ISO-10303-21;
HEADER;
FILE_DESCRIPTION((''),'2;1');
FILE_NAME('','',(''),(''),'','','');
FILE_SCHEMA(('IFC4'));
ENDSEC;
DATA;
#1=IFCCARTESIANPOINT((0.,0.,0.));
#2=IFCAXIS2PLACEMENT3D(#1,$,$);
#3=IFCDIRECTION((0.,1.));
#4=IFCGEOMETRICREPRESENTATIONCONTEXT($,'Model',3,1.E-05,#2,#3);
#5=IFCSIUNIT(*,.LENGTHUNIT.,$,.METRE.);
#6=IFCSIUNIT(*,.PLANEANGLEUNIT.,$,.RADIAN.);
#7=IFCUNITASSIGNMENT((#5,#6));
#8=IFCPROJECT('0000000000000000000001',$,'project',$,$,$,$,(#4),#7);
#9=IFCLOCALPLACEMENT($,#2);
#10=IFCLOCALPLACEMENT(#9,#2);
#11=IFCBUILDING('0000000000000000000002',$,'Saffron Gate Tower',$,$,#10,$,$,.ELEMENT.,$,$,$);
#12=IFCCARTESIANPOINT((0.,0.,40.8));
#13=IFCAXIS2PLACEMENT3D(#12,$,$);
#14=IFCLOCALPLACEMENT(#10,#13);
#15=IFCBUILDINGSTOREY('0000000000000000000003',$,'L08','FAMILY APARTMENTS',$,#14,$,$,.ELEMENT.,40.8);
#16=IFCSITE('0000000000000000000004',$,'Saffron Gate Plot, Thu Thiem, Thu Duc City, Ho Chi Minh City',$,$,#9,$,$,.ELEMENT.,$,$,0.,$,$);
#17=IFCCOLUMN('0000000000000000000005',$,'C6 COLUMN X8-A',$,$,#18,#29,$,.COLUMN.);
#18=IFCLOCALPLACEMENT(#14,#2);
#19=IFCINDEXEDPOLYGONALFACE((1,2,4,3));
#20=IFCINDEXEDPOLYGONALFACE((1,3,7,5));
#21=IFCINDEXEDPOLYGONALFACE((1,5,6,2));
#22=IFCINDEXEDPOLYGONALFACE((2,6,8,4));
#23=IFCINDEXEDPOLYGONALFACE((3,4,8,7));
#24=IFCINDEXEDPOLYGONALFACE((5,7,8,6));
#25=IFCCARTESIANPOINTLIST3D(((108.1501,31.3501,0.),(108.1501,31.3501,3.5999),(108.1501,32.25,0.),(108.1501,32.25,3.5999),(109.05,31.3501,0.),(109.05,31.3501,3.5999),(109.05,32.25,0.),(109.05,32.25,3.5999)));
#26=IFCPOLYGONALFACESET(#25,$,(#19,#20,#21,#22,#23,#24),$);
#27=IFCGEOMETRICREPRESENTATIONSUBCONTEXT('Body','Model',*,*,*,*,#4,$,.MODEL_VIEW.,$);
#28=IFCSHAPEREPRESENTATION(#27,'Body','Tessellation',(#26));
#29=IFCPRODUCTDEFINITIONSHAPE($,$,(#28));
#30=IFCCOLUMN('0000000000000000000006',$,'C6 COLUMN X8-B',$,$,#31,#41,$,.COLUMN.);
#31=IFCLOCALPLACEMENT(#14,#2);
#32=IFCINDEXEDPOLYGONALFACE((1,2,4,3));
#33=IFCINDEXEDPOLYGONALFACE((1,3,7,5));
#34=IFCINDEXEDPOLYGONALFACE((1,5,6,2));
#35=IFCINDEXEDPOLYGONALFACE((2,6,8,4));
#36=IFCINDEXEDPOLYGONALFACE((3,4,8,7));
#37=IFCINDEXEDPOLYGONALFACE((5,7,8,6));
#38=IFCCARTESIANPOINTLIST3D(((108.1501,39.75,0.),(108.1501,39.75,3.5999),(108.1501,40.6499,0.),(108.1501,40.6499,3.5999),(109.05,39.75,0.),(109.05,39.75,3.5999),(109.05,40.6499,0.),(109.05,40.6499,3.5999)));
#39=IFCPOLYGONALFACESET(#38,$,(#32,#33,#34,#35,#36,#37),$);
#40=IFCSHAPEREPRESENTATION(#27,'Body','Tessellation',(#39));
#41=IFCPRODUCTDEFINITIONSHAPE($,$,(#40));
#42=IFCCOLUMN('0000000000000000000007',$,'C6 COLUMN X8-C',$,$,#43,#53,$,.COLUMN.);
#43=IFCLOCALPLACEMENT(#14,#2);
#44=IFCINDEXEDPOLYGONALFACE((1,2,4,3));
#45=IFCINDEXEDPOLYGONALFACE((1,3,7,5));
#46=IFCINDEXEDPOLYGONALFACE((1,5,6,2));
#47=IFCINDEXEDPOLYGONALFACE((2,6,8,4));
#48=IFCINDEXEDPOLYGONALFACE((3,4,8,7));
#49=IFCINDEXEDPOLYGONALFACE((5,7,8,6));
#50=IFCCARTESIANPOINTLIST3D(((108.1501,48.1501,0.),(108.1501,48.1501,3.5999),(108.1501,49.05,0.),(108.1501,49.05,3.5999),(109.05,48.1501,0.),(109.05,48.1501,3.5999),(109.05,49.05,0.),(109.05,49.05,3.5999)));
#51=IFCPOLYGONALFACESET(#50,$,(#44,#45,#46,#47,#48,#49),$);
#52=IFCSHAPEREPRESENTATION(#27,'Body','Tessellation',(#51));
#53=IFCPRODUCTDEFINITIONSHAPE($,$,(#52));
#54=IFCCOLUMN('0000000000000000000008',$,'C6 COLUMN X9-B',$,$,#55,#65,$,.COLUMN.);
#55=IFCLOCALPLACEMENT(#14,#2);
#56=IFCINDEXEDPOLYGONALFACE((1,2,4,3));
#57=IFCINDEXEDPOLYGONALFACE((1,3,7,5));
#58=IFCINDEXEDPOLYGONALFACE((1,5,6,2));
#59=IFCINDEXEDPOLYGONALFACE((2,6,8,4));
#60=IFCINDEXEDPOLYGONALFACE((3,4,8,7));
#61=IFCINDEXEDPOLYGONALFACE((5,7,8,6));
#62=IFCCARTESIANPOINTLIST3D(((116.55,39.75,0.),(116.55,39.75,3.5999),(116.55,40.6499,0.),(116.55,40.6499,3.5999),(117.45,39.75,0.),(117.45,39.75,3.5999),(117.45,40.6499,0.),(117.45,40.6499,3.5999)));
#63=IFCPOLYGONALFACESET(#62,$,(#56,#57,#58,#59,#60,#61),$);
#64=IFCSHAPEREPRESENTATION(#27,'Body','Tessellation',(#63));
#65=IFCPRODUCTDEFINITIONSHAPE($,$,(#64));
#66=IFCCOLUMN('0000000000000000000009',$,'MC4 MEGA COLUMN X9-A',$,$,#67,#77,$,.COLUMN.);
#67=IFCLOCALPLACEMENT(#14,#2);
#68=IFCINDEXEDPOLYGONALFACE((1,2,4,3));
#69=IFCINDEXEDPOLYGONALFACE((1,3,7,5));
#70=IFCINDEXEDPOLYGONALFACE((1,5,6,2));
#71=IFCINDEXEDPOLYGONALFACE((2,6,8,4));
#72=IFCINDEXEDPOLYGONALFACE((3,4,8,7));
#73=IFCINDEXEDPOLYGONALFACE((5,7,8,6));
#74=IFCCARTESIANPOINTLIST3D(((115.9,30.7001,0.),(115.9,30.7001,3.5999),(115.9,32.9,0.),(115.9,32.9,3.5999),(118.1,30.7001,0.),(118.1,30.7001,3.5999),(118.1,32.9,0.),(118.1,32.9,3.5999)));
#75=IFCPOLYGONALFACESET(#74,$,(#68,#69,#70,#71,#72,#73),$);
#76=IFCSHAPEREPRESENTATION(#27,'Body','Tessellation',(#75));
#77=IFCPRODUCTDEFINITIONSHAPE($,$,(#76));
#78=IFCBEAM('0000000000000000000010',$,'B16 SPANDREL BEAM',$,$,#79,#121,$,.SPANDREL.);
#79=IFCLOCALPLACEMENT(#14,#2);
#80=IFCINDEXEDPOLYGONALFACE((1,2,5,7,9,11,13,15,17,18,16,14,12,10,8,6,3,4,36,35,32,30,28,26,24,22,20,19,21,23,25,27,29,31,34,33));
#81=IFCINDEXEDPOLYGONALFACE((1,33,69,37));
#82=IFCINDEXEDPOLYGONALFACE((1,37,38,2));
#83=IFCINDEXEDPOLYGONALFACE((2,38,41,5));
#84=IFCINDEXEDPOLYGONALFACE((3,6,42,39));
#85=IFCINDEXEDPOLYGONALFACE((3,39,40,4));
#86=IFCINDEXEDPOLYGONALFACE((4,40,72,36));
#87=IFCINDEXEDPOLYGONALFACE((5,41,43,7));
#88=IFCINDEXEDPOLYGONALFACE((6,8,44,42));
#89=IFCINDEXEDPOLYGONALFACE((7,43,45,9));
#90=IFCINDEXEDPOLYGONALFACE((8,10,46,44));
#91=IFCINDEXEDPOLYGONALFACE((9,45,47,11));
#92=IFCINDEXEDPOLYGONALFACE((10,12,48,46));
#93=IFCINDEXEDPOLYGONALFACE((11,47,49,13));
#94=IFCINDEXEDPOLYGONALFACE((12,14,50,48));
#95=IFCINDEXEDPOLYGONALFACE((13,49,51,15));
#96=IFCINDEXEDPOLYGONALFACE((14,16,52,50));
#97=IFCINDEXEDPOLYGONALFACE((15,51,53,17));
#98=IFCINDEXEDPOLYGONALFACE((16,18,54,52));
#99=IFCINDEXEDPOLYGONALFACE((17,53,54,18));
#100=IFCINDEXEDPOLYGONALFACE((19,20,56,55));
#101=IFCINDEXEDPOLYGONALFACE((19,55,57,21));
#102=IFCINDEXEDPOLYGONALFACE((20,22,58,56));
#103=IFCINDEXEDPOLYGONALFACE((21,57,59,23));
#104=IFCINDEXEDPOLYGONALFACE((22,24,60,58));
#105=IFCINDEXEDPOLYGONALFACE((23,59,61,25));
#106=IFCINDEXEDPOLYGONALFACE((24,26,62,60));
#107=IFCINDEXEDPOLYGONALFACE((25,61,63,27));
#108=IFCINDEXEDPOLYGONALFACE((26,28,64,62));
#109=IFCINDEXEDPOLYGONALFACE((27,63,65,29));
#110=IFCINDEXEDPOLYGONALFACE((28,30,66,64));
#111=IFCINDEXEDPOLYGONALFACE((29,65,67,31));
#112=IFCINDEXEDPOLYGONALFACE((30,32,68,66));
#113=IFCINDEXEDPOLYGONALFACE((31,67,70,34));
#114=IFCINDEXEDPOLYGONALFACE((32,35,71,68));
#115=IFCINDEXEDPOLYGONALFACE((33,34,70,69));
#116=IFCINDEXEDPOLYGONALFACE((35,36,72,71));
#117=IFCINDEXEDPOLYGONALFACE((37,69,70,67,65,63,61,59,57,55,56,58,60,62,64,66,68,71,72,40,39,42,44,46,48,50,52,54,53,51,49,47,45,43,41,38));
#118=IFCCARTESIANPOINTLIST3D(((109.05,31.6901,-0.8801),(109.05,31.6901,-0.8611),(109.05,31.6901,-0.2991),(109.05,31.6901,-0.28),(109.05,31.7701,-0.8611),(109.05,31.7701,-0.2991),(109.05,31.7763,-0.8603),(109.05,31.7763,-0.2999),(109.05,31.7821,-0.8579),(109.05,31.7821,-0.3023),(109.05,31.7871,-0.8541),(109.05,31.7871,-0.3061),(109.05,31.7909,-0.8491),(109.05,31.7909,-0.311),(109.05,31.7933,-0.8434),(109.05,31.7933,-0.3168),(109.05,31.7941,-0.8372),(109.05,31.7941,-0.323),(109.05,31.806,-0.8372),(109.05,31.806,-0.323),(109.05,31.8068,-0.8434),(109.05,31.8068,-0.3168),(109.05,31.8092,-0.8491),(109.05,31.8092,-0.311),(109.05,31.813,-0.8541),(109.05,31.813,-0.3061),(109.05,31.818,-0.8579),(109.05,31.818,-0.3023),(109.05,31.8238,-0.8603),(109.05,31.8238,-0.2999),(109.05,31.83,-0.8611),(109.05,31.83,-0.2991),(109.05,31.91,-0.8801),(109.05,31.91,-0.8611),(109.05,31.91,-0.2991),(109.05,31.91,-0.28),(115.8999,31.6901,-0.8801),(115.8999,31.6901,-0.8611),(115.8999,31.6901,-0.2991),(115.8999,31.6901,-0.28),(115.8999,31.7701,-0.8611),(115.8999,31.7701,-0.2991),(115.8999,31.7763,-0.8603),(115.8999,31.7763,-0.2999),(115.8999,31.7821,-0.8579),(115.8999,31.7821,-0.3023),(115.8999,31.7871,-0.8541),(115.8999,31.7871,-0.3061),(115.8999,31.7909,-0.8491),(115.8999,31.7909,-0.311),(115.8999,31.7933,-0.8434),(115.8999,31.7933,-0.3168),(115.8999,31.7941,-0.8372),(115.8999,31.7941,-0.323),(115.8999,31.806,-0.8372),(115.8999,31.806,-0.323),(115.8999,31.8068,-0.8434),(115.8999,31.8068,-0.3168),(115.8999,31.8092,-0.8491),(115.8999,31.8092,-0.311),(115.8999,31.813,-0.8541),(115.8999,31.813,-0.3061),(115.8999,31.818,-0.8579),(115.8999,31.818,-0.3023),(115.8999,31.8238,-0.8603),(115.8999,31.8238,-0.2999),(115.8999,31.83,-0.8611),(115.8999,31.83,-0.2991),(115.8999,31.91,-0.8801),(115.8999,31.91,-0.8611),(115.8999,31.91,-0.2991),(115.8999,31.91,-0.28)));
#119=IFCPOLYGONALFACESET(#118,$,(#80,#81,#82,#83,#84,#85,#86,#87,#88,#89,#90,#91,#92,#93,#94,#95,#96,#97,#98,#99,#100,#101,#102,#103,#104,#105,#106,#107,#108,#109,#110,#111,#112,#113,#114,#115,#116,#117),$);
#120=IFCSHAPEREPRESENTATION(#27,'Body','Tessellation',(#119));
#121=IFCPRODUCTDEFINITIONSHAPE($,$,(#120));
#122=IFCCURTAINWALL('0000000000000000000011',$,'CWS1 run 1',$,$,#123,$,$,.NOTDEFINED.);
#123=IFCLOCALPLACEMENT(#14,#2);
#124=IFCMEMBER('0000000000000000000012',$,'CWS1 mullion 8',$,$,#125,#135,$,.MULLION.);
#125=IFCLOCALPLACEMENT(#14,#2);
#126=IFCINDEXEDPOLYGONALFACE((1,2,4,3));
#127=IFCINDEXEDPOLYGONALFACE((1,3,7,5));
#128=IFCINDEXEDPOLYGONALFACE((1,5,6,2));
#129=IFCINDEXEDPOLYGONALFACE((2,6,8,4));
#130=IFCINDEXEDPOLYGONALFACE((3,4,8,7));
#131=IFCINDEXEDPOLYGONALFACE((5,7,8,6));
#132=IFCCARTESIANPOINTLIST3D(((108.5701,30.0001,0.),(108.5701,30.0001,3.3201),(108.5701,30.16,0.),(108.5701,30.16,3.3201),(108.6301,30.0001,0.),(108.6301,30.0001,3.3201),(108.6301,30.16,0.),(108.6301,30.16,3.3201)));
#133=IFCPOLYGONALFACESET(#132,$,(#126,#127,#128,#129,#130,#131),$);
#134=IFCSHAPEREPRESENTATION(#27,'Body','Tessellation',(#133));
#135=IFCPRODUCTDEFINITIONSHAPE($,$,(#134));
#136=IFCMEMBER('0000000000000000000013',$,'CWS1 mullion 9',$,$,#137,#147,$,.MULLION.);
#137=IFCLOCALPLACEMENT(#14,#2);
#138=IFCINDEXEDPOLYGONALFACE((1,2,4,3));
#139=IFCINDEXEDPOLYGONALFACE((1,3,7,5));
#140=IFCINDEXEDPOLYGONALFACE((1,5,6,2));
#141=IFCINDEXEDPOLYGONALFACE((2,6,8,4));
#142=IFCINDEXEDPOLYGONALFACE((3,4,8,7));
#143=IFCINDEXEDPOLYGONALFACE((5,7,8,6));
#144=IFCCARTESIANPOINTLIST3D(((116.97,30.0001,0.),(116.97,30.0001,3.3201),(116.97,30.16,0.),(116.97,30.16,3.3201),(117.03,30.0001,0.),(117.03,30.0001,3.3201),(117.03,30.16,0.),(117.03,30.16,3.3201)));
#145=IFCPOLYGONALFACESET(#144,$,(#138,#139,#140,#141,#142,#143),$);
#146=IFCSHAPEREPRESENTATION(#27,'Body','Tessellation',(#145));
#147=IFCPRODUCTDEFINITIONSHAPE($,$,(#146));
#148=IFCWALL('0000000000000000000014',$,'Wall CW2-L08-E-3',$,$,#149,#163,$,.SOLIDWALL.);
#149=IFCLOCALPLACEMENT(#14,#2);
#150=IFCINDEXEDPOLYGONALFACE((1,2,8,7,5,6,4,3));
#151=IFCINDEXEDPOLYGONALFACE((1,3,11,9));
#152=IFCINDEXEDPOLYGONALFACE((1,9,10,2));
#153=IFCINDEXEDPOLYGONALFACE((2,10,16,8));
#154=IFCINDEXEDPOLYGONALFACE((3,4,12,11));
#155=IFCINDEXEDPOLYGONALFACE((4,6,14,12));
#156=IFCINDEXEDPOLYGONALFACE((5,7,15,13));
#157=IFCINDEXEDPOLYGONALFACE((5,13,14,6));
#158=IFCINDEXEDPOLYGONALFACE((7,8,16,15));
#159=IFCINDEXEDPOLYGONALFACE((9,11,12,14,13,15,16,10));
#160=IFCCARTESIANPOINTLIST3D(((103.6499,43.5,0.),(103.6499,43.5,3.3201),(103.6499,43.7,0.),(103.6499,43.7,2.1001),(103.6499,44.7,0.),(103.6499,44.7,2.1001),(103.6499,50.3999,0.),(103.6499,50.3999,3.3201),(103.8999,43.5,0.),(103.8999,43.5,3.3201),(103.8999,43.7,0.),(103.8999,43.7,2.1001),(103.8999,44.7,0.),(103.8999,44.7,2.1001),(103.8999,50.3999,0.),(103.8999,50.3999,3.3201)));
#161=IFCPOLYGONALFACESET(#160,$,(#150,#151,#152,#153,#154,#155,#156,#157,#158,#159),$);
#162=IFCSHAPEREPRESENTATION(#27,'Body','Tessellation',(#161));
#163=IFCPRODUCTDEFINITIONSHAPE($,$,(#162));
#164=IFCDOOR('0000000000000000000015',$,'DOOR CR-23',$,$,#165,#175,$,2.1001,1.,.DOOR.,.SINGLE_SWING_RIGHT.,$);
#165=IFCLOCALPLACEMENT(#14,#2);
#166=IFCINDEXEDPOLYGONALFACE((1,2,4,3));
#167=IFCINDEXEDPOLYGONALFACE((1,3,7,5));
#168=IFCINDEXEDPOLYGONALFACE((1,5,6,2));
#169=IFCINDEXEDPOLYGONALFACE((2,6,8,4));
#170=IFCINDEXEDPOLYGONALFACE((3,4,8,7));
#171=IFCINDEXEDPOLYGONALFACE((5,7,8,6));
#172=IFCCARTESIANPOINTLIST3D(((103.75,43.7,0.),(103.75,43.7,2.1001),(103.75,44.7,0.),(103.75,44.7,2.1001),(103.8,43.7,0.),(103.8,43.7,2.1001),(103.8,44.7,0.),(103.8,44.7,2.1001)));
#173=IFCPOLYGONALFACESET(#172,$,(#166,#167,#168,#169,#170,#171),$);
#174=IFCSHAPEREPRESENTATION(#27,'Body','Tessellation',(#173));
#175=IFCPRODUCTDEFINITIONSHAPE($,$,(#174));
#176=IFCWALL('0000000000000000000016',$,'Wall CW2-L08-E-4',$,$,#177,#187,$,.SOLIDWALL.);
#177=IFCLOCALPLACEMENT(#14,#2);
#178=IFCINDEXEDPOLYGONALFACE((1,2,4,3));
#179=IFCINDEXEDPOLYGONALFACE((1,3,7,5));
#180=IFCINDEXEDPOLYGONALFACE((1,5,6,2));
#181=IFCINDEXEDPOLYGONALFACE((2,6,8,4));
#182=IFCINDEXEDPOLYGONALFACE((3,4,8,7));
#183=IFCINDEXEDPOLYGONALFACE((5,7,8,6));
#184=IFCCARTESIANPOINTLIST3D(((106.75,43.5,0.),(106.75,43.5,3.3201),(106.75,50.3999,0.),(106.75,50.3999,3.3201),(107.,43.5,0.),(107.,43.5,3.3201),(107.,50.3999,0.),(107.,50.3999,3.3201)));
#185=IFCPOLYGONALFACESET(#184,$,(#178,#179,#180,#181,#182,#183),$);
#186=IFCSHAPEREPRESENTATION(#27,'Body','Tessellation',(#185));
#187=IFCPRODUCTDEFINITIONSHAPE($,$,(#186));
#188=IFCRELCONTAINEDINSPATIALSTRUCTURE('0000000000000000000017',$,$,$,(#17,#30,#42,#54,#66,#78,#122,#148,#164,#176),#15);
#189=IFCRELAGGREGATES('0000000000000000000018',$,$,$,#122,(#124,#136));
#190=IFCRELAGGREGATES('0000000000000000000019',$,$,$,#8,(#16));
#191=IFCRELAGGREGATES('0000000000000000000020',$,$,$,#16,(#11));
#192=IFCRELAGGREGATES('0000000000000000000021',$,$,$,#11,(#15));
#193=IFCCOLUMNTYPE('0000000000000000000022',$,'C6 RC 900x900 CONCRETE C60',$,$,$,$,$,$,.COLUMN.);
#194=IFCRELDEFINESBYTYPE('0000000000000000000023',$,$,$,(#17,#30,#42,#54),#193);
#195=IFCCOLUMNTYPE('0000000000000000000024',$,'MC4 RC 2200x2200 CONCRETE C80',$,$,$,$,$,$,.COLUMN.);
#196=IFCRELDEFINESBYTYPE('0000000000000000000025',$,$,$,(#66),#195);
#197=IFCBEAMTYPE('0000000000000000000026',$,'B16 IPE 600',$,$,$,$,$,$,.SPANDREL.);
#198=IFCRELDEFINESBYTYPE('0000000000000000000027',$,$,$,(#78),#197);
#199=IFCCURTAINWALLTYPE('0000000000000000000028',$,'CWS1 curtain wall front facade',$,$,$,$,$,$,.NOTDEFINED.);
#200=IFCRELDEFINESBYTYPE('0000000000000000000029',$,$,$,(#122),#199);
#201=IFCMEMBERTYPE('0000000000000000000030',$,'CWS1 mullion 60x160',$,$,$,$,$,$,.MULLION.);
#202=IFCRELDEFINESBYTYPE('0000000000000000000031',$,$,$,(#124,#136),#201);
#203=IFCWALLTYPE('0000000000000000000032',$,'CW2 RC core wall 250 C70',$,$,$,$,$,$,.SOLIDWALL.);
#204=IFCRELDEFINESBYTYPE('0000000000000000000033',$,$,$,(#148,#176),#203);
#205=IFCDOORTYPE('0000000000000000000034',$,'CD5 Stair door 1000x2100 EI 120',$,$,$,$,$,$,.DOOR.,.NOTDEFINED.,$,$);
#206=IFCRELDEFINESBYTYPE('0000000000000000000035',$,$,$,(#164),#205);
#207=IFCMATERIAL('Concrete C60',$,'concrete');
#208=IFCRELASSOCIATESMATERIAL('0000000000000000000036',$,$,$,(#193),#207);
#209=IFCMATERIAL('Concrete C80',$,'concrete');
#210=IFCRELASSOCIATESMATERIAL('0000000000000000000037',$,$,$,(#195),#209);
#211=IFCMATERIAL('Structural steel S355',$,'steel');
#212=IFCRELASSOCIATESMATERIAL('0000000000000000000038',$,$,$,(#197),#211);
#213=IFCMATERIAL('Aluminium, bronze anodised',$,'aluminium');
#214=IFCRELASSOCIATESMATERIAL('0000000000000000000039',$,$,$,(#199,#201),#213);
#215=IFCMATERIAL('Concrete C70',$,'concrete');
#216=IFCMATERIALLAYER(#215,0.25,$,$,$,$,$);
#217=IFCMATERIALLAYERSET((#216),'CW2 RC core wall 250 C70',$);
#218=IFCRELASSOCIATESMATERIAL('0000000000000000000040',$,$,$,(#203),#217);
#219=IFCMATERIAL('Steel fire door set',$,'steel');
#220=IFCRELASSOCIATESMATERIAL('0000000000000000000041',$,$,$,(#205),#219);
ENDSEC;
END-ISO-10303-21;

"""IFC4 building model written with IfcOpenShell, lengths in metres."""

from ifc_helpers import new_model, si_unit, direction, frame, frame_2d, origin, origin_2d, place, context, subcontext, project, spatial, rectangle, i_section, extrude, material, layer, layer_set, material_profile, profile_set, type_object, element, fill, aggregate, save


model = new_model("IFC4")

# Units and contexts
model_context = context("Model", 3, precision=1e-05, world=origin(), true_north=direction((0.0, 1.0)))
body_context = subcontext(model_context, "Body", "Model", "MODEL_VIEW")
ifc_project = project(units=[si_unit("LENGTHUNIT", "METRE"), si_unit("PLANEANGLEUNIT", "RADIAN")], contexts=[model_context])

# Site, building, storey
site_placement = place(None, origin())
site = spatial("IfcSite", under=ifc_project, at=site_placement, Name="Saffron Gate Plot, Thu Thiem, Thu Duc City, Ho Chi Minh City", CompositionType="ELEMENT", RefElevation=0.0)
building_placement = place(site_placement, origin())
building = spatial("IfcBuilding", under=site, at=building_placement, Name="Saffron Gate Tower", CompositionType="ELEMENT")
storey_placement = place(building_placement, frame((0.0, 0.0, 40.8)))
storey = spatial("IfcBuildingStorey", under=building, at=storey_placement, Name="L08", Description="FAMILY APARTMENTS", CompositionType="ELEMENT", Elevation=40.8)

# Columns
ifc_material_1 = material(Name="Concrete C60", Category="concrete")
ifc_material_profile_1 = material_profile(ifc_material_1, rectangle(XDim=0.8999, YDim=0.8999, at=origin_2d()))
ifc_profile_set_1 = profile_set([ifc_material_profile_1], Name="Concrete C60")
column_type_1 = type_object("IfcColumnType", Name="C6 RC 900x900 CONCRETE C60", PredefinedType="COLUMN", material=ifc_profile_set_1)
for number, where, z_axis, x_axis, name in (
    (1, (108.6001, 31.8, 0.0), (0.0, 0.0, 1.0), (1.0, 0.0, 0.0), "C6 COLUMN X8-A"),
    (2, (108.6001, 40.2, 0.0), (0.0, 0.0, 1.0), (1.0, 0.0, 0.0), "C6 COLUMN X8-B"),
    (3, (108.6001, 48.6001, 0.0), (0.0, 0.0, 1.0), (1.0, 0.0, 0.0), "C6 COLUMN X8-C"),
    (4, (117.0, 40.2, 0.0), (0.0, 0.0, 1.0), (1.0, 0.0, 0.0), "C6 COLUMN X9-B"),
):
    element("IfcColumn", number, at=place(storey_placement, frame(where, z_axis=z_axis, x_axis=x_axis)), inside=storey, type_object=column_type_1, Name=name, PredefinedType="COLUMN", context=body_context, shape_type="SweptSolid", body=[
        extrude(rectangle(XDim=0.8999, YDim=0.8999, at=origin_2d()), origin(), (0.0, 0.0, 1.0), 3.5999),
    ])
ifc_material_2 = material(Name="Concrete C80", Category="concrete")
ifc_material_profile_2 = material_profile(ifc_material_2, rectangle(XDim=2.2, YDim=2.2, at=origin_2d()))
ifc_profile_set_2 = profile_set([ifc_material_profile_2], Name="Concrete C80")
column_type_2 = type_object("IfcColumnType", Name="MC4 RC 2200x2200 CONCRETE C80", PredefinedType="COLUMN", material=ifc_profile_set_2)
column_placement = place(storey_placement, frame((117.0, 31.8, 0.0), z_axis=(0.0, 0.0, 1.0), x_axis=(1.0, 0.0, 0.0)))
element("IfcColumn", 5, at=column_placement, inside=storey, type_object=column_type_2, Name="MC4 MEGA COLUMN X9-A", PredefinedType="COLUMN", context=body_context, shape_type="SweptSolid", body=[
    extrude(rectangle(XDim=2.2, YDim=2.2, at=origin_2d()), origin(), (0.0, 0.0, 1.0), 3.5999),
])

# Beam
ifc_material_3 = material(Name="Structural steel S355", Category="steel")
ifc_material_profile_3 = material_profile(ifc_material_3, i_section(OverallWidth=0.22, OverallDepth=0.6001, WebThickness=0.012, FlangeThickness=0.019, FilletRadius=0.0239, at=origin_2d()))
ifc_profile_set_3 = profile_set([ifc_material_profile_3], Name="Structural steel S355")
beam_type = type_object("IfcBeamType", Name="B16 IPE 600", PredefinedType="SPANDREL", material=ifc_profile_set_3)
beam_placement = place(storey_placement, frame((109.05, 31.8, -0.5801), z_axis=(1.0, 0.0, 0.0), x_axis=(0.0, 1.0, 0.0)))
element("IfcBeam", 6, at=beam_placement, inside=storey, type_object=beam_type, Name="B16 SPANDREL BEAM", PredefinedType="SPANDREL", context=body_context, shape_type="SweptSolid", body=[
    extrude(i_section(OverallWidth=0.22, OverallDepth=0.6001, WebThickness=0.012, FlangeThickness=0.019, FilletRadius=0.0239, at=origin_2d()), origin(), (0.0, 0.0, 1.0), 6.8499),
])

# Curtain wall, members
ifc_material_4 = material(Name="Aluminium, bronze anodised", Category="aluminium")
curtain_wall_type = type_object("IfcCurtainWallType", Name="CWS1 curtain wall front facade", PredefinedType="NOTDEFINED", material=ifc_material_4)
curtain_wall_placement = place(storey_placement, origin())
curtain_wall = element("IfcCurtainWall", 7, at=curtain_wall_placement, inside=storey, type_object=curtain_wall_type, Name="CWS1 run 1", PredefinedType="NOTDEFINED")
ifc_material_profile_4 = material_profile(ifc_material_4, rectangle(XDim=0.1599, YDim=0.0601, at=origin_2d()))
ifc_profile_set_4 = profile_set([ifc_material_profile_4], Name="Aluminium, bronze anodised")
member_type = type_object("IfcMemberType", Name="CWS1 mullion 60x160", PredefinedType="MULLION", material=ifc_profile_set_4)
member_1_placement = place(storey_placement, frame((108.6001, 30.0801, 0.0), z_axis=(0.0, 0.0, 1.0), x_axis=(0.0, 1.0, 0.0)))
member_1 = element("IfcMember", 8, at=member_1_placement, type_object=member_type, Name="CWS1 mullion 8", PredefinedType="MULLION", context=body_context, shape_type="SweptSolid", body=[
    extrude(rectangle(XDim=0.1599, YDim=0.0601, at=origin_2d()), origin(), (0.0, 0.0, 1.0), 3.3201),
])
member_2_placement = place(storey_placement, frame((117.0, 30.0801, 0.0), z_axis=(0.0, 0.0, 1.0), x_axis=(0.0, 1.0, 0.0)))
member_2 = element("IfcMember", 9, at=member_2_placement, type_object=member_type, Name="CWS1 mullion 9", PredefinedType="MULLION", context=body_context, shape_type="SweptSolid", body=[
    extrude(rectangle(XDim=0.1599, YDim=0.0601, at=origin_2d()), origin(), (0.0, 0.0, 1.0), 3.3201),
])
aggregate(curtain_wall, [member_1, member_2])

# Wall, opening, door
ifc_material_5 = material(Name="Concrete C70", Category="concrete")
ifc_layer_1 = layer(ifc_material_5, 0.25)
ifc_layer_set_1 = layer_set([ifc_layer_1], Name="CW2 RC core wall 250 C70")
wall_type_1 = type_object("IfcWallType", Name="CW2 RC core wall 250 C70", PredefinedType="SOLIDWALL", material=ifc_layer_set_1)
wall_1_placement = place(storey_placement, frame((103.7749, 43.5, 0.0), z_axis=(0.0, 0.0, 1.0), x_axis=(0.0, 1.0, 0.0)))
wall_1 = element("IfcWall", 10, at=wall_1_placement, inside=storey, type_object=wall_type_1, Name="Wall CW2-L08-E-3", PredefinedType="SOLIDWALL", context=body_context, shape_type="SweptSolid", body=[
    extrude(rectangle(XDim=6.8999, YDim=0.25, at=frame_2d((3.45, 0.0))), origin(), (0.0, 0.0, 1.0), 3.3201),
])
opening_1_placement = place(wall_1_placement, frame((0.2, 0.0, 0.0)))
opening_1 = element("IfcOpeningElement", 11, at=opening_1_placement, cuts=wall_1, PredefinedType="OPENING", context=body_context, shape_type="SweptSolid", body=[
    extrude(rectangle(XDim=1.0, YDim=2.1001, at=frame_2d((0.5, 1.05))), frame((0.0, 0.135, 0.0), z_axis=(0.0, -1.0, 0.0), x_axis=(1.0, 0.0, 0.0)), (0.0, 0.0, 1.0), 0.27),
])
ifc_material_6 = material(Name="Steel fire door set", Category="steel")
door_type_1 = type_object("IfcDoorType", Name="CD5 Stair door 1000x2100 EI 120", OperationType="NOTDEFINED", PredefinedType="DOOR", material=ifc_material_6)
door_1_placement = place(opening_1_placement, origin())
door_1 = element("IfcDoor", 12, at=door_1_placement, inside=storey, type_object=door_type_1, Name="DOOR CR-23", OperationType="SINGLE_SWING_RIGHT", OverallHeight=2.1001, OverallWidth=1.0, PredefinedType="DOOR", context=body_context, shape_type="SweptSolid", body=[
    extrude(rectangle(XDim=1.0, YDim=2.1001, at=frame_2d((0.5, 1.05))), frame((0.0, 0.0249, 0.0), z_axis=(0.0, -1.0, 0.0), x_axis=(1.0, 0.0, 0.0)), (0.0, 0.0, 1.0), 0.05),
])
fill(opening_1, door_1)

# Wall
wall_2_placement = place(storey_placement, frame((106.875, 43.5, 0.0), z_axis=(0.0, 0.0, 1.0), x_axis=(0.0, 1.0, 0.0)))
element("IfcWall", 13, at=wall_2_placement, inside=storey, type_object=wall_type_1, Name="Wall CW2-L08-E-4", PredefinedType="SOLIDWALL", context=body_context, shape_type="SweptSolid", body=[
    extrude(rectangle(XDim=6.8999, YDim=0.25, at=frame_2d((3.45, 0.0))), origin(), (0.0, 0.0, 1.0), 3.3201),
])

save(model, "model.ifc")
